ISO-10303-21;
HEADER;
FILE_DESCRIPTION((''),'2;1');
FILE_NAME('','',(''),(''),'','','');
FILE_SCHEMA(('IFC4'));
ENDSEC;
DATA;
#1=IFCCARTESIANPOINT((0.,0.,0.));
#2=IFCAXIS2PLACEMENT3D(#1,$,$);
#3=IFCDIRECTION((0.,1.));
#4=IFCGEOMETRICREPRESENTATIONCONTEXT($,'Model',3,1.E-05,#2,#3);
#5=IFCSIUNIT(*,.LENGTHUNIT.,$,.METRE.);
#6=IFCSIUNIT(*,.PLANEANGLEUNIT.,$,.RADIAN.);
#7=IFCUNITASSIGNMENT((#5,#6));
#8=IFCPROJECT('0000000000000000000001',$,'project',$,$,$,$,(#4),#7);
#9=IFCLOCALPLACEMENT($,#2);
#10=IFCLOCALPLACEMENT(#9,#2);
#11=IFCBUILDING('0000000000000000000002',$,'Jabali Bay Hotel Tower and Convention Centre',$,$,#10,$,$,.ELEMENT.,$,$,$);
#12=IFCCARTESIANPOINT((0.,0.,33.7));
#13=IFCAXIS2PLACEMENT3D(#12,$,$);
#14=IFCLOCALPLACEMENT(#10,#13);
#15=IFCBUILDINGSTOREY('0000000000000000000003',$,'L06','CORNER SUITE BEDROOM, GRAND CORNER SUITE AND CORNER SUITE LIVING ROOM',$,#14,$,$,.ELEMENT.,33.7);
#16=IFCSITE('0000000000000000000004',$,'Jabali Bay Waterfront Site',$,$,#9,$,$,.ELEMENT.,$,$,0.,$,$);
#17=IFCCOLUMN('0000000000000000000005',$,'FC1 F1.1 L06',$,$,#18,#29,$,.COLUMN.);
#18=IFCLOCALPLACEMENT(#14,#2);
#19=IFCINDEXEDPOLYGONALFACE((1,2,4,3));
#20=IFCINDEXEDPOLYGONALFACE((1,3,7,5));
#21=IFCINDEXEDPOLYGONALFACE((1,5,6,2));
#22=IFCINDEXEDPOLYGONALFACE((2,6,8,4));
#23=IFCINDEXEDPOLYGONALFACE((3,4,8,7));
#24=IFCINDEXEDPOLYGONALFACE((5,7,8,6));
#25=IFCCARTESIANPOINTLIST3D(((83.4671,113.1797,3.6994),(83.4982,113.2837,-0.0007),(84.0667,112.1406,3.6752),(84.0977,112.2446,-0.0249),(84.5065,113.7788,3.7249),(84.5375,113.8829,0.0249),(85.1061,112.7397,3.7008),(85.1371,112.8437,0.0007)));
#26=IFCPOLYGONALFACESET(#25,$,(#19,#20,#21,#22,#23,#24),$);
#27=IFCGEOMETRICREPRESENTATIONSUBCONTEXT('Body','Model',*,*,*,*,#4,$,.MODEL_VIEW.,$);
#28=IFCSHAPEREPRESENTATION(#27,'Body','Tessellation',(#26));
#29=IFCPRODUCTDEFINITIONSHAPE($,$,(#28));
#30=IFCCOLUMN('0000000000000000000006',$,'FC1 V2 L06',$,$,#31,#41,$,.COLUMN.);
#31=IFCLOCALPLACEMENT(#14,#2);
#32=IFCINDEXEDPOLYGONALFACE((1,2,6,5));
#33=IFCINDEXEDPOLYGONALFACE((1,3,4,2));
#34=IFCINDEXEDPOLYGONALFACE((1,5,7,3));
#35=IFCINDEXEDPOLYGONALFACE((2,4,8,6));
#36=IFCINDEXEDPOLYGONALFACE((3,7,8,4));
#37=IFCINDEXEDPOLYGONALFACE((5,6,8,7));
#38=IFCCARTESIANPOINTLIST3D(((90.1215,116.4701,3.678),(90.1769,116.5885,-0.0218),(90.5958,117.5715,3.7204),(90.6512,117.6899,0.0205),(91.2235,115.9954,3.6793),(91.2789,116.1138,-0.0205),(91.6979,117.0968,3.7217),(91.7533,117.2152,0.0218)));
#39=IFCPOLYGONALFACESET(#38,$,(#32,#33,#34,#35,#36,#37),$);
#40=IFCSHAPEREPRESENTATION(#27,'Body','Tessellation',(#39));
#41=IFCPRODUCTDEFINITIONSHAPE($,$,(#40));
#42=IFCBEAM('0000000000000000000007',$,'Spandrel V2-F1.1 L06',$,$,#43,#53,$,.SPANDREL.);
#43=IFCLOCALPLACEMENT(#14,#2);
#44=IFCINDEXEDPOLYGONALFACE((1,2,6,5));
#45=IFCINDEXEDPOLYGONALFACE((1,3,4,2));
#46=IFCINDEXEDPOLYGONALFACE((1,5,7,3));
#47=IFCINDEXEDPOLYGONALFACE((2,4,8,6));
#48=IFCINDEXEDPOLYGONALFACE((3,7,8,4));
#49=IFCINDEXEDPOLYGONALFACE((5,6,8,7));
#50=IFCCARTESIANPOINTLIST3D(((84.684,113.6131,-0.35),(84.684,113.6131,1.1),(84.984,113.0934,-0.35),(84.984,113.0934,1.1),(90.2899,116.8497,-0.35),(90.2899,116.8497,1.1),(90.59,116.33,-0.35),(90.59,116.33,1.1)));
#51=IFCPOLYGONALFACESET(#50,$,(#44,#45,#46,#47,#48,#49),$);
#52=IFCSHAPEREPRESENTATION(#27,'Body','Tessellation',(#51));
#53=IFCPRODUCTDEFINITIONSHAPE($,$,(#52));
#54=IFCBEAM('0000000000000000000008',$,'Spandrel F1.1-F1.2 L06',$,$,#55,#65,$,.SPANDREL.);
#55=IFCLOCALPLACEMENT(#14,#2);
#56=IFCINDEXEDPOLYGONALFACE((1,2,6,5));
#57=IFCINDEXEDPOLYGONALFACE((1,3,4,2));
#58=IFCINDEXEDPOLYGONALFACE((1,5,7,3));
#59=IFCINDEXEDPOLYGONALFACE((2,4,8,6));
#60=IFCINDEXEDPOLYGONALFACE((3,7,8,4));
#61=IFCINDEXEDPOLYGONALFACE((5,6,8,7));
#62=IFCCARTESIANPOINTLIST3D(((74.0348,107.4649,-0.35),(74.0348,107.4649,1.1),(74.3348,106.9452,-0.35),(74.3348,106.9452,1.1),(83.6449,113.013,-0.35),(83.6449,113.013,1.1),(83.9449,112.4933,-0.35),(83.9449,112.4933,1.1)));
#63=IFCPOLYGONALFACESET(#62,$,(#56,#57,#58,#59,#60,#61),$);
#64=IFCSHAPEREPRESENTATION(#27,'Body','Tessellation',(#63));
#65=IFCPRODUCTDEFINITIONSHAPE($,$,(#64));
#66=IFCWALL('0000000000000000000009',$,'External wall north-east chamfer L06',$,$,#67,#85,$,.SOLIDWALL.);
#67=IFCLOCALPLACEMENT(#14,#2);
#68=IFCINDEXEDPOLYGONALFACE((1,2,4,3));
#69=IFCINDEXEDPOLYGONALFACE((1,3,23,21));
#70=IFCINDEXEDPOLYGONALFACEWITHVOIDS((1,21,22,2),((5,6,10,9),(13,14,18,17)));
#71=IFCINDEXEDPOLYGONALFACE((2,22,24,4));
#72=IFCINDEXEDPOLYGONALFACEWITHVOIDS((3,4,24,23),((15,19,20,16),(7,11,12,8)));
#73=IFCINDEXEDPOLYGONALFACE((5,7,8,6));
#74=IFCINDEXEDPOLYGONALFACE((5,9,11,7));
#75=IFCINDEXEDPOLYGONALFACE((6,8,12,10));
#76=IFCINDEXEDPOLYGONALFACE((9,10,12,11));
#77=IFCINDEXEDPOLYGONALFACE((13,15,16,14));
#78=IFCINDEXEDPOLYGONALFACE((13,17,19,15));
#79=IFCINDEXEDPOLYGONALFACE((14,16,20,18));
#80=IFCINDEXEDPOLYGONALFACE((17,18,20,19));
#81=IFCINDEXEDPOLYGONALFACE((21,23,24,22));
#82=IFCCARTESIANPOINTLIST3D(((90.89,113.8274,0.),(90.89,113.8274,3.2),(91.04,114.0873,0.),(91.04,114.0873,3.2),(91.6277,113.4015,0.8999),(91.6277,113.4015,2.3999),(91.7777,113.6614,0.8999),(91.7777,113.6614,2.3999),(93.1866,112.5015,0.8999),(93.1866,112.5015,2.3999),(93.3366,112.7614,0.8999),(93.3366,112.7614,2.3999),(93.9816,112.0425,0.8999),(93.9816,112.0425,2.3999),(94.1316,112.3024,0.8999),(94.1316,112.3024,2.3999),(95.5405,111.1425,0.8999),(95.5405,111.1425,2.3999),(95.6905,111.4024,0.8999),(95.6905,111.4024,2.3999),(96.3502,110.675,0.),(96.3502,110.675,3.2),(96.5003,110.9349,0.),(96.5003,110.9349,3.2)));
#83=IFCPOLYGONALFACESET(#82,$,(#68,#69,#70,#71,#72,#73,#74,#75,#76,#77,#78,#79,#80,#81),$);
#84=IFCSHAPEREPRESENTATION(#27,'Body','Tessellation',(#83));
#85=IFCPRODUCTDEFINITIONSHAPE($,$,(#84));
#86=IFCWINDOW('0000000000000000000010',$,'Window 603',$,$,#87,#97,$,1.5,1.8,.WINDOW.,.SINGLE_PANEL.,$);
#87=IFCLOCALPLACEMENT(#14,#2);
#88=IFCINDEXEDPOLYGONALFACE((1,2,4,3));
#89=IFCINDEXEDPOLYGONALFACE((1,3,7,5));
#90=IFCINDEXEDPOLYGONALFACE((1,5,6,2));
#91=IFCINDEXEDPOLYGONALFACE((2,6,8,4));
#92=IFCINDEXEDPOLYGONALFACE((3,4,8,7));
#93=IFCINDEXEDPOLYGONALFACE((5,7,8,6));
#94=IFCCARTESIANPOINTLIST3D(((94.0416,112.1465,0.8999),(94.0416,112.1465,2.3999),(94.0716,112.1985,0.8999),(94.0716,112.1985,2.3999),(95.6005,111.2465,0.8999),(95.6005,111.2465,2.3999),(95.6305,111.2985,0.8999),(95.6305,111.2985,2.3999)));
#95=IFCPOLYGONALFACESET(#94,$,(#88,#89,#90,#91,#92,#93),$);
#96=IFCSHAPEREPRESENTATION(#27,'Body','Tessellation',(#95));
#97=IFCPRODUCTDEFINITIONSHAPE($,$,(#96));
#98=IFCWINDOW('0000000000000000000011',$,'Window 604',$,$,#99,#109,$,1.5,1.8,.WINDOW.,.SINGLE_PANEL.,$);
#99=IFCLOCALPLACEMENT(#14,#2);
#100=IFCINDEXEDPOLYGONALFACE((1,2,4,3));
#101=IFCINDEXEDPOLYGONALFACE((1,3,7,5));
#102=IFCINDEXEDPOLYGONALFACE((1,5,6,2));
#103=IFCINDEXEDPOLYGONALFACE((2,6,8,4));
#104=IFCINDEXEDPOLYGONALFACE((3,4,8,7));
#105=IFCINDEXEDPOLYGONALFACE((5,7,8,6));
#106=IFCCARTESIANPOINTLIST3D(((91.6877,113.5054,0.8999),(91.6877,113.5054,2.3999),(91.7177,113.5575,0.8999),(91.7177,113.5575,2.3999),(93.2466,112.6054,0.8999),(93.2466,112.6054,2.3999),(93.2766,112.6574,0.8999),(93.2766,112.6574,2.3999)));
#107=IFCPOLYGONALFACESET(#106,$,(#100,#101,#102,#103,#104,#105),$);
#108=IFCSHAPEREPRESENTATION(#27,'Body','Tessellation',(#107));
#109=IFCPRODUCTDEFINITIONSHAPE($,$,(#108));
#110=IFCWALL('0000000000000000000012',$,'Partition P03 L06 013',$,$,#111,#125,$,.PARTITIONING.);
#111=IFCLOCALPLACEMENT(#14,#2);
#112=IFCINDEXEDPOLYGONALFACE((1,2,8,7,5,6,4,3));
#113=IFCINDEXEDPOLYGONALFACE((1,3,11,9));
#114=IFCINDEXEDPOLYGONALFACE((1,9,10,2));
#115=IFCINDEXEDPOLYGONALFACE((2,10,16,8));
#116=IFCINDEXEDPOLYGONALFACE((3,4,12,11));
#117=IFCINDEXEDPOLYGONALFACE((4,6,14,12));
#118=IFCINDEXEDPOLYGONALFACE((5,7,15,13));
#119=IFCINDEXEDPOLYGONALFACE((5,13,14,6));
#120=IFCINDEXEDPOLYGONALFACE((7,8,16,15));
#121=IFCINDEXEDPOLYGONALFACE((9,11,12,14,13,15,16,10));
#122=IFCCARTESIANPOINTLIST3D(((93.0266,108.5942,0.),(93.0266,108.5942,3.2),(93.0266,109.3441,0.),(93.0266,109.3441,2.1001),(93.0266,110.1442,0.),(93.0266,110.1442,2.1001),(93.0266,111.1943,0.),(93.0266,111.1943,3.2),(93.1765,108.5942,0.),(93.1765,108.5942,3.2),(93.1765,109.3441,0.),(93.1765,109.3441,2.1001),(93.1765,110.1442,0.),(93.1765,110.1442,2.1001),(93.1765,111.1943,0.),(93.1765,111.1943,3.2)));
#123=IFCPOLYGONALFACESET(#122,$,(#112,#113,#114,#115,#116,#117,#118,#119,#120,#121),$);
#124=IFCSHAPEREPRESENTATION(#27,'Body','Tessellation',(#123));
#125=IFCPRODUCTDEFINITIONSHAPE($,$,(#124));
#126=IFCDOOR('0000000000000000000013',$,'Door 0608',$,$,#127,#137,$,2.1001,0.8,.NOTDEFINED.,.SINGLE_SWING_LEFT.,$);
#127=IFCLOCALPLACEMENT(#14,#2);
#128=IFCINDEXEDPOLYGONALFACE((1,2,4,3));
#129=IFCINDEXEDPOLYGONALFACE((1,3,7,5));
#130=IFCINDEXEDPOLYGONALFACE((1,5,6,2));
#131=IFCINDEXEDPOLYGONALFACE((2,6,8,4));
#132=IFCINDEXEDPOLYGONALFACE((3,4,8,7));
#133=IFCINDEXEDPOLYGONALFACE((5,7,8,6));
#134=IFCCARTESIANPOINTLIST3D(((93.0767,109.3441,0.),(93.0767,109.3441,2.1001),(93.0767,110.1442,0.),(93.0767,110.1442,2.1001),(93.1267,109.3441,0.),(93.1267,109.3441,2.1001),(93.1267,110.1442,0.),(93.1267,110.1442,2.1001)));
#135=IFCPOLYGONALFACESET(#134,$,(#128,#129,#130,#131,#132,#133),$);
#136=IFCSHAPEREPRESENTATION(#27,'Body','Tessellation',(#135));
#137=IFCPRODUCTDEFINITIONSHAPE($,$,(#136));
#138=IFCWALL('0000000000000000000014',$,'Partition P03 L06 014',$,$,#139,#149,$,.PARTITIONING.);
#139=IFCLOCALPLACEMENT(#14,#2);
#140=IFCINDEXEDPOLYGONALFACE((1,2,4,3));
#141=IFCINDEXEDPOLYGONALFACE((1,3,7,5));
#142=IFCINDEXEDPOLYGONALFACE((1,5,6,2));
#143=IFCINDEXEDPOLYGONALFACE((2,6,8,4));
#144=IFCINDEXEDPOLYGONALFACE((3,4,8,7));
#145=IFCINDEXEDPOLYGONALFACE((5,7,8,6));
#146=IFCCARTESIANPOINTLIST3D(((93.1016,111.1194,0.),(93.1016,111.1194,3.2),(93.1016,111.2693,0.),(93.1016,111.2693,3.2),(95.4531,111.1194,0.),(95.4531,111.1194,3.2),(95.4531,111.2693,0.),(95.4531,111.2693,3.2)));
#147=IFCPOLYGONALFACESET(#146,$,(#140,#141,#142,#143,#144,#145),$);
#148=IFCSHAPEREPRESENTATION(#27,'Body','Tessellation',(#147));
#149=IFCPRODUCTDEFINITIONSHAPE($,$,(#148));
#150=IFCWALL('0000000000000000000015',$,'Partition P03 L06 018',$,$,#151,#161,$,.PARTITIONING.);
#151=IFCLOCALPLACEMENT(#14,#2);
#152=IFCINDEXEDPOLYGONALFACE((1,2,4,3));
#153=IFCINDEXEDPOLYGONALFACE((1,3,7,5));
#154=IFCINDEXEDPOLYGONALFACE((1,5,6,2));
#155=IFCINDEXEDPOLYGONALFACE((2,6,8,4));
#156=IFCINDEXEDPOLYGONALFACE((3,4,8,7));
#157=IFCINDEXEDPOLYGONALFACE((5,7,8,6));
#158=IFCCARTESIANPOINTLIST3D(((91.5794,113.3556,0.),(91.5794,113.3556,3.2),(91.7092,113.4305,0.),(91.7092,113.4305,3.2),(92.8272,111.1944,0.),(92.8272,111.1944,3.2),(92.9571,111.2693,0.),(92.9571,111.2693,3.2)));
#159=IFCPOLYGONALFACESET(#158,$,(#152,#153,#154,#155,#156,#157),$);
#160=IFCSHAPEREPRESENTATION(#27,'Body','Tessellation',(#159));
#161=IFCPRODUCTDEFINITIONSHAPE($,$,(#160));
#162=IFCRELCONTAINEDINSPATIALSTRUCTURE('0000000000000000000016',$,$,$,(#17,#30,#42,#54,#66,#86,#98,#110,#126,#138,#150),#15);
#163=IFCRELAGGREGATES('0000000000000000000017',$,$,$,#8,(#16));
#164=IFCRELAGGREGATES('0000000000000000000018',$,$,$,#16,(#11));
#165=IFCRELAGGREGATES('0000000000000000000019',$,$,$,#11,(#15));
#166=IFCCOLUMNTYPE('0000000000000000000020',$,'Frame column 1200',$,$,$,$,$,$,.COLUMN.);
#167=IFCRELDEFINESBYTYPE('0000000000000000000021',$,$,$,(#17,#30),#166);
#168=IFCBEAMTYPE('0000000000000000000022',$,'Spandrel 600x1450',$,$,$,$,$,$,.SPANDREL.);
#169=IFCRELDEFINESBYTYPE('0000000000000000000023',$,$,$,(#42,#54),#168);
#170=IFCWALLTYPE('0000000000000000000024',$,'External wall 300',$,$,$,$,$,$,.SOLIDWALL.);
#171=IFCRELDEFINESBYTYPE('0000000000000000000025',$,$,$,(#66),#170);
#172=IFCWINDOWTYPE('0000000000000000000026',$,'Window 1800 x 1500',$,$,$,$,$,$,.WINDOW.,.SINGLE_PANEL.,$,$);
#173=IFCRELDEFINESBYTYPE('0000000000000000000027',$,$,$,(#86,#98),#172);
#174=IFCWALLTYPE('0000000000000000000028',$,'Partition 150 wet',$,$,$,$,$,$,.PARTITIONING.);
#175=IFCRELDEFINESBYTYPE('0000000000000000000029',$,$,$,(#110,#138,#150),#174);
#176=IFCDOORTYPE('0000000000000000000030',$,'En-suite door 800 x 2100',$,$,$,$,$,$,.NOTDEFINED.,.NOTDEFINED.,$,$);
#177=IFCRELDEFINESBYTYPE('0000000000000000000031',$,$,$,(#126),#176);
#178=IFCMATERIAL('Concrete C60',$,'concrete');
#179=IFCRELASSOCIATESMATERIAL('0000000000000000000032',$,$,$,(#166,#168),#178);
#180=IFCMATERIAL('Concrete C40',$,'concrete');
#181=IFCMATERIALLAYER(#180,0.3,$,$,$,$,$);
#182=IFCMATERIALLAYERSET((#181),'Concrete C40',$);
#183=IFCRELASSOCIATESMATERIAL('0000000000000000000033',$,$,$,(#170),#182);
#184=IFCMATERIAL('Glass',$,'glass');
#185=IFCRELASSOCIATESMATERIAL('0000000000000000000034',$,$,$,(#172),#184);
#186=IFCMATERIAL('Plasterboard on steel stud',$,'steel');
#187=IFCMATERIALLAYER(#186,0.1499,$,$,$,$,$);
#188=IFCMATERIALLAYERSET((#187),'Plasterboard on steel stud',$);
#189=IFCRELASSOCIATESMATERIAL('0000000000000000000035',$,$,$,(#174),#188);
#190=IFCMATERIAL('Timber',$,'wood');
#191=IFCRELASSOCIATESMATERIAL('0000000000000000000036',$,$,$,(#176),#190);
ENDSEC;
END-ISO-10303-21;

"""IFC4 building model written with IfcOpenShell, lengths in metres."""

from ifc_helpers import new_model, si_unit, direction, frame, frame_2d, origin, origin_2d, place, context, subcontext, project, spatial, rectangle, extrude, material, layer, layer_set, material_profile, profile_set, type_object, element, fill, save


model = new_model("IFC4")

# Units and contexts
model_context = context("Model", 3, precision=1e-05, world=origin(), true_north=direction((0.0, 1.0)))
body_context = subcontext(model_context, "Body", "Model", "MODEL_VIEW")
ifc_project = project(units=[si_unit("LENGTHUNIT", "METRE"), si_unit("PLANEANGLEUNIT", "RADIAN")], contexts=[model_context])

# Site, building, storey
site_placement = place(None, origin())
site = spatial("IfcSite", under=ifc_project, at=site_placement, Name="Jabali Bay Waterfront Site", CompositionType="ELEMENT", RefElevation=0.0)
building_placement = place(site_placement, origin())
building = spatial("IfcBuilding", under=site, at=building_placement, Name="Jabali Bay Hotel Tower and Convention Centre", CompositionType="ELEMENT")
storey_placement = place(building_placement, frame((0.0, 0.0, 33.7)))
storey = spatial("IfcBuildingStorey", under=building, at=storey_placement, Name="L06", Description="CORNER SUITE BEDROOM, GRAND CORNER SUITE AND CORNER SUITE LIVING ROOM", CompositionType="ELEMENT", Elevation=33.7)

# Columns
ifc_material_1 = material(Name="Concrete C60", Category="concrete")
ifc_material_profile_1 = material_profile(ifc_material_1, rectangle(XDim=1.2, YDim=1.2, at=origin_2d()), Name="Frame column 1200")
ifc_profile_set_1 = profile_set([ifc_material_profile_1], Name="Concrete C60")
column_type = type_object("IfcColumnType", Name="Frame column 1200", PredefinedType="COLUMN", material=ifc_profile_set_1)
column_1_placement = place(storey_placement, frame((84.3176, 113.0637, 0.0), z_axis=(-0.008376, -0.028097, 0.99957), x_axis=(0.866169, 0.499298, 0.021294)))
element("IfcColumn", 1, at=column_1_placement, inside=storey, type_object=column_type, Name="FC1 F1.1 L06", PredefinedType="COLUMN", context=body_context, shape_type="SweptSolid", body=[
    extrude(rectangle(XDim=1.2, YDim=1.2, at=origin_2d()), origin(), (0.0, 0.0, 1.0), 3.7017),
])
column_2_placement = place(storey_placement, frame((90.9651, 116.9019, 0.0), z_axis=(-0.014969, -0.031983, 0.999376), x_axis=(0.918421, -0.395603, 0.001096)))
element("IfcColumn", 2, at=column_2_placement, inside=storey, type_object=column_type, Name="FC1 V2 L06", PredefinedType="COLUMN", context=body_context, shape_type="SweptSolid", body=[
    extrude(rectangle(XDim=1.2, YDim=1.2, at=origin_2d()), origin(), (0.0, 0.0, 1.0), 3.7021),
])

# Beams
ifc_material_profile_2 = material_profile(ifc_material_1, rectangle(XDim=0.6001, YDim=1.45, at=origin_2d()), Name="Spandrel 600x1450")
ifc_profile_set_2 = profile_set([ifc_material_profile_2], Name="Concrete C60")
beam_type = type_object("IfcBeamType", Name="Spandrel 600x1450", PredefinedType="SPANDREL", material=ifc_profile_set_2)
beam_1_placement = place(storey_placement, frame((90.4399, 116.5898, 0.375), z_axis=(-0.866027, -0.499997, 0.0), x_axis=(0.499997, -0.866027, 0.0)))
element("IfcBeam", 3, at=beam_1_placement, inside=storey, type_object=beam_type, Name="Spandrel V2-F1.1 L06", PredefinedType="SPANDREL", context=body_context, shape_type="SweptSolid", body=[
    extrude(rectangle(XDim=0.6001, YDim=1.45, at=origin_2d()), origin(), (0.0, 0.0, 1.0), 6.4731),
])
beam_2_placement = place(storey_placement, frame((83.7949, 112.7532, 0.375), z_axis=(-0.866037, -0.49998, 0.0), x_axis=(0.49998, -0.866037, 0.0)))
element("IfcBeam", 4, at=beam_2_placement, inside=storey, type_object=beam_type, Name="Spandrel F1.1-F1.2 L06", PredefinedType="SPANDREL", context=body_context, shape_type="SweptSolid", body=[
    extrude(rectangle(XDim=0.6001, YDim=1.45, at=origin_2d()), origin(), (0.0, 0.0, 1.0), 11.0967),
])

# Wall, openings, windows
ifc_material_2 = material(Name="Concrete C40", Category="concrete")
ifc_layer_1 = layer(ifc_material_2, 0.3)
ifc_layer_set_1 = layer_set([ifc_layer_1], Name="Concrete C40")
wall_type_1 = type_object("IfcWallType", Name="External wall 300", PredefinedType="SOLIDWALL", material=ifc_layer_set_1)
wall_1_placement = place(storey_placement, frame((90.9651, 113.9573, 0.0), z_axis=(0.0, 0.0, 1.0), x_axis=(0.866033, -0.499987, 0.0)))
wall_1 = element("IfcWall", 5, at=wall_1_placement, inside=storey, type_object=wall_type_1, Name="External wall north-east chamfer L06", PredefinedType="SOLIDWALL", context=body_context, shape_type="SweptSolid", body=[
    extrude(rectangle(XDim=6.3049, YDim=0.3, at=frame_2d((3.1523, 0.0))), origin(), (0.0, 0.0, 1.0), 3.2),
])
opening_1_placement = place(wall_1_placement, frame((3.5698, 0.0, 0.8999)))
opening_1 = element("IfcOpeningElement", 6, at=opening_1_placement, cuts=wall_1, PredefinedType="OPENING", context=body_context, shape_type="SweptSolid", body=[
    extrude(rectangle(XDim=1.8, YDim=1.5, at=frame_2d((0.8999, 0.75))), frame((0.0, 0.1606, 0.0), z_axis=(0.0, -1.0, 0.0), x_axis=(1.0, 0.0, 0.0)), (0.0, 0.0, 1.0), 0.321),
])
opening_2_placement = place(wall_1_placement, frame((0.8518, 0.0, 0.8999)))
opening_2 = element("IfcOpeningElement", 7, at=opening_2_placement, cuts=wall_1, PredefinedType="OPENING", context=body_context, shape_type="SweptSolid", body=[
    extrude(rectangle(XDim=1.8, YDim=1.5, at=frame_2d((0.8999, 0.75))), frame((0.0, 0.1606, 0.0), z_axis=(0.0, -1.0, 0.0), x_axis=(1.0, 0.0, 0.0)), (0.0, 0.0, 1.0), 0.321),
])
ifc_material_3 = material(Name="Glass", Category="glass")
window_type = type_object("IfcWindowType", Name="Window 1800 x 1500", PartitioningType="SINGLE_PANEL", PredefinedType="WINDOW", material=ifc_material_3)
window_1_placement = place(opening_1_placement, origin())
window_1 = element("IfcWindow", 8, at=window_1_placement, inside=storey, type_object=window_type, Name="Window 603", OverallHeight=1.5, OverallWidth=1.8, PartitioningType="SINGLE_PANEL", PredefinedType="WINDOW", context=body_context, shape_type="SweptSolid", body=[
    extrude(rectangle(XDim=1.8, YDim=1.5, at=frame_2d((0.8999, 0.75))), frame((0.0, 0.03, 0.0), z_axis=(0.0, -1.0, 0.0), x_axis=(1.0, 0.0, 0.0)), (0.0, 0.0, 1.0), 0.0601),
])
fill(opening_1, window_1)
window_2_placement = place(opening_2_placement, origin())
window_2 = element("IfcWindow", 9, at=window_2_placement, inside=storey, type_object=window_type, Name="Window 604", OverallHeight=1.5, OverallWidth=1.8, PartitioningType="SINGLE_PANEL", PredefinedType="WINDOW", context=body_context, shape_type="SweptSolid", body=[
    extrude(rectangle(XDim=1.8, YDim=1.5, at=frame_2d((0.8999, 0.75))), frame((0.0, 0.03, 0.0), z_axis=(0.0, -1.0, 0.0), x_axis=(1.0, 0.0, 0.0)), (0.0, 0.0, 1.0), 0.0601),
])
fill(opening_2, window_2)

# Wall, opening, door
ifc_material_4 = material(Name="Plasterboard on steel stud", Category="steel")
ifc_layer_2 = layer(ifc_material_4, 0.1499)
ifc_layer_set_2 = layer_set([ifc_layer_2], Name="Plasterboard on steel stud")
wall_type_2 = type_object("IfcWallType", Name="Partition 150 wet", PredefinedType="PARTITIONING", material=ifc_layer_set_2)
wall_2_placement = place(storey_placement, frame((93.1016, 108.5942, 0.0), z_axis=(0.0, 0.0, 1.0), x_axis=(0.0, 1.0, 0.0)))
wall_2 = element("IfcWall", 10, at=wall_2_placement, inside=storey, type_object=wall_type_2, Name="Partition P03 L06 013", PredefinedType="PARTITIONING", context=body_context, shape_type="SweptSolid", body=[
    extrude(rectangle(XDim=2.6001, YDim=0.1499, at=frame_2d((1.3, 0.0))), origin(), (0.0, 0.0, 1.0), 3.2),
])
opening_3_placement = place(wall_2_placement, frame((0.75, 0.0, 0.0)))
opening_3 = element("IfcOpeningElement", 11, at=opening_3_placement, cuts=wall_2, PredefinedType="OPENING", context=body_context, shape_type="SweptSolid", body=[
    extrude(rectangle(XDim=0.8, YDim=2.1001, at=frame_2d((0.3999, 1.05))), frame((0.0, 0.0854, 0.0), z_axis=(0.0, -1.0, 0.0), x_axis=(1.0, 0.0, 0.0)), (0.0, 0.0, 1.0), 0.1709),
])
ifc_material_5 = material(Name="Timber", Category="wood")
door_type = type_object("IfcDoorType", Name="En-suite door 800 x 2100", OperationType="NOTDEFINED", PredefinedType="NOTDEFINED", material=ifc_material_5)
door_1_placement = place(opening_3_placement, origin())
door_1 = element("IfcDoor", 12, at=door_1_placement, inside=storey, type_object=door_type, Name="Door 0608", OperationType="SINGLE_SWING_LEFT", OverallHeight=2.1001, OverallWidth=0.8, PredefinedType="NOTDEFINED", context=body_context, shape_type="SweptSolid", body=[
    extrude(rectangle(XDim=0.8, YDim=2.1001, at=frame_2d((0.3999, 1.05))), frame((0.0, 0.0249, 0.0), z_axis=(0.0, -1.0, 0.0), x_axis=(1.0, 0.0, 0.0)), (0.0, 0.0, 1.0), 0.05),
])
fill(opening_3, door_1)

# Walls
wall_3_placement = place(storey_placement, frame((93.1016, 111.1943, 0.0), z_axis=(0.0, 0.0, 1.0), x_axis=(1.0, 0.0, 0.0)))
element("IfcWall", 13, at=wall_3_placement, inside=storey, type_object=wall_type_2, Name="Partition P03 L06 014", PredefinedType="PARTITIONING", context=body_context, shape_type="SweptSolid", body=[
    extrude(rectangle(XDim=2.3516, YDim=0.1499, at=frame_2d((1.1758, 0.0))), origin(), (0.0, 0.0, 1.0), 3.2),
])
wall_4_placement = place(storey_placement, frame((91.6443, 113.3931, 0.0), z_axis=(0.0, 0.0, 1.0), x_axis=(0.500022, -0.866013, 0.0)))
element("IfcWall", 14, at=wall_4_placement, inside=storey, type_object=wall_type_2, Name="Partition P03 L06 018", PredefinedType="PARTITIONING", context=body_context, shape_type="SweptSolid", body=[
    extrude(rectangle(XDim=2.4956, YDim=0.1499, at=frame_2d((1.2478, 0.0))), origin(), (0.0, 0.0, 1.0), 3.2),
])

save(model, "model.ifc")
